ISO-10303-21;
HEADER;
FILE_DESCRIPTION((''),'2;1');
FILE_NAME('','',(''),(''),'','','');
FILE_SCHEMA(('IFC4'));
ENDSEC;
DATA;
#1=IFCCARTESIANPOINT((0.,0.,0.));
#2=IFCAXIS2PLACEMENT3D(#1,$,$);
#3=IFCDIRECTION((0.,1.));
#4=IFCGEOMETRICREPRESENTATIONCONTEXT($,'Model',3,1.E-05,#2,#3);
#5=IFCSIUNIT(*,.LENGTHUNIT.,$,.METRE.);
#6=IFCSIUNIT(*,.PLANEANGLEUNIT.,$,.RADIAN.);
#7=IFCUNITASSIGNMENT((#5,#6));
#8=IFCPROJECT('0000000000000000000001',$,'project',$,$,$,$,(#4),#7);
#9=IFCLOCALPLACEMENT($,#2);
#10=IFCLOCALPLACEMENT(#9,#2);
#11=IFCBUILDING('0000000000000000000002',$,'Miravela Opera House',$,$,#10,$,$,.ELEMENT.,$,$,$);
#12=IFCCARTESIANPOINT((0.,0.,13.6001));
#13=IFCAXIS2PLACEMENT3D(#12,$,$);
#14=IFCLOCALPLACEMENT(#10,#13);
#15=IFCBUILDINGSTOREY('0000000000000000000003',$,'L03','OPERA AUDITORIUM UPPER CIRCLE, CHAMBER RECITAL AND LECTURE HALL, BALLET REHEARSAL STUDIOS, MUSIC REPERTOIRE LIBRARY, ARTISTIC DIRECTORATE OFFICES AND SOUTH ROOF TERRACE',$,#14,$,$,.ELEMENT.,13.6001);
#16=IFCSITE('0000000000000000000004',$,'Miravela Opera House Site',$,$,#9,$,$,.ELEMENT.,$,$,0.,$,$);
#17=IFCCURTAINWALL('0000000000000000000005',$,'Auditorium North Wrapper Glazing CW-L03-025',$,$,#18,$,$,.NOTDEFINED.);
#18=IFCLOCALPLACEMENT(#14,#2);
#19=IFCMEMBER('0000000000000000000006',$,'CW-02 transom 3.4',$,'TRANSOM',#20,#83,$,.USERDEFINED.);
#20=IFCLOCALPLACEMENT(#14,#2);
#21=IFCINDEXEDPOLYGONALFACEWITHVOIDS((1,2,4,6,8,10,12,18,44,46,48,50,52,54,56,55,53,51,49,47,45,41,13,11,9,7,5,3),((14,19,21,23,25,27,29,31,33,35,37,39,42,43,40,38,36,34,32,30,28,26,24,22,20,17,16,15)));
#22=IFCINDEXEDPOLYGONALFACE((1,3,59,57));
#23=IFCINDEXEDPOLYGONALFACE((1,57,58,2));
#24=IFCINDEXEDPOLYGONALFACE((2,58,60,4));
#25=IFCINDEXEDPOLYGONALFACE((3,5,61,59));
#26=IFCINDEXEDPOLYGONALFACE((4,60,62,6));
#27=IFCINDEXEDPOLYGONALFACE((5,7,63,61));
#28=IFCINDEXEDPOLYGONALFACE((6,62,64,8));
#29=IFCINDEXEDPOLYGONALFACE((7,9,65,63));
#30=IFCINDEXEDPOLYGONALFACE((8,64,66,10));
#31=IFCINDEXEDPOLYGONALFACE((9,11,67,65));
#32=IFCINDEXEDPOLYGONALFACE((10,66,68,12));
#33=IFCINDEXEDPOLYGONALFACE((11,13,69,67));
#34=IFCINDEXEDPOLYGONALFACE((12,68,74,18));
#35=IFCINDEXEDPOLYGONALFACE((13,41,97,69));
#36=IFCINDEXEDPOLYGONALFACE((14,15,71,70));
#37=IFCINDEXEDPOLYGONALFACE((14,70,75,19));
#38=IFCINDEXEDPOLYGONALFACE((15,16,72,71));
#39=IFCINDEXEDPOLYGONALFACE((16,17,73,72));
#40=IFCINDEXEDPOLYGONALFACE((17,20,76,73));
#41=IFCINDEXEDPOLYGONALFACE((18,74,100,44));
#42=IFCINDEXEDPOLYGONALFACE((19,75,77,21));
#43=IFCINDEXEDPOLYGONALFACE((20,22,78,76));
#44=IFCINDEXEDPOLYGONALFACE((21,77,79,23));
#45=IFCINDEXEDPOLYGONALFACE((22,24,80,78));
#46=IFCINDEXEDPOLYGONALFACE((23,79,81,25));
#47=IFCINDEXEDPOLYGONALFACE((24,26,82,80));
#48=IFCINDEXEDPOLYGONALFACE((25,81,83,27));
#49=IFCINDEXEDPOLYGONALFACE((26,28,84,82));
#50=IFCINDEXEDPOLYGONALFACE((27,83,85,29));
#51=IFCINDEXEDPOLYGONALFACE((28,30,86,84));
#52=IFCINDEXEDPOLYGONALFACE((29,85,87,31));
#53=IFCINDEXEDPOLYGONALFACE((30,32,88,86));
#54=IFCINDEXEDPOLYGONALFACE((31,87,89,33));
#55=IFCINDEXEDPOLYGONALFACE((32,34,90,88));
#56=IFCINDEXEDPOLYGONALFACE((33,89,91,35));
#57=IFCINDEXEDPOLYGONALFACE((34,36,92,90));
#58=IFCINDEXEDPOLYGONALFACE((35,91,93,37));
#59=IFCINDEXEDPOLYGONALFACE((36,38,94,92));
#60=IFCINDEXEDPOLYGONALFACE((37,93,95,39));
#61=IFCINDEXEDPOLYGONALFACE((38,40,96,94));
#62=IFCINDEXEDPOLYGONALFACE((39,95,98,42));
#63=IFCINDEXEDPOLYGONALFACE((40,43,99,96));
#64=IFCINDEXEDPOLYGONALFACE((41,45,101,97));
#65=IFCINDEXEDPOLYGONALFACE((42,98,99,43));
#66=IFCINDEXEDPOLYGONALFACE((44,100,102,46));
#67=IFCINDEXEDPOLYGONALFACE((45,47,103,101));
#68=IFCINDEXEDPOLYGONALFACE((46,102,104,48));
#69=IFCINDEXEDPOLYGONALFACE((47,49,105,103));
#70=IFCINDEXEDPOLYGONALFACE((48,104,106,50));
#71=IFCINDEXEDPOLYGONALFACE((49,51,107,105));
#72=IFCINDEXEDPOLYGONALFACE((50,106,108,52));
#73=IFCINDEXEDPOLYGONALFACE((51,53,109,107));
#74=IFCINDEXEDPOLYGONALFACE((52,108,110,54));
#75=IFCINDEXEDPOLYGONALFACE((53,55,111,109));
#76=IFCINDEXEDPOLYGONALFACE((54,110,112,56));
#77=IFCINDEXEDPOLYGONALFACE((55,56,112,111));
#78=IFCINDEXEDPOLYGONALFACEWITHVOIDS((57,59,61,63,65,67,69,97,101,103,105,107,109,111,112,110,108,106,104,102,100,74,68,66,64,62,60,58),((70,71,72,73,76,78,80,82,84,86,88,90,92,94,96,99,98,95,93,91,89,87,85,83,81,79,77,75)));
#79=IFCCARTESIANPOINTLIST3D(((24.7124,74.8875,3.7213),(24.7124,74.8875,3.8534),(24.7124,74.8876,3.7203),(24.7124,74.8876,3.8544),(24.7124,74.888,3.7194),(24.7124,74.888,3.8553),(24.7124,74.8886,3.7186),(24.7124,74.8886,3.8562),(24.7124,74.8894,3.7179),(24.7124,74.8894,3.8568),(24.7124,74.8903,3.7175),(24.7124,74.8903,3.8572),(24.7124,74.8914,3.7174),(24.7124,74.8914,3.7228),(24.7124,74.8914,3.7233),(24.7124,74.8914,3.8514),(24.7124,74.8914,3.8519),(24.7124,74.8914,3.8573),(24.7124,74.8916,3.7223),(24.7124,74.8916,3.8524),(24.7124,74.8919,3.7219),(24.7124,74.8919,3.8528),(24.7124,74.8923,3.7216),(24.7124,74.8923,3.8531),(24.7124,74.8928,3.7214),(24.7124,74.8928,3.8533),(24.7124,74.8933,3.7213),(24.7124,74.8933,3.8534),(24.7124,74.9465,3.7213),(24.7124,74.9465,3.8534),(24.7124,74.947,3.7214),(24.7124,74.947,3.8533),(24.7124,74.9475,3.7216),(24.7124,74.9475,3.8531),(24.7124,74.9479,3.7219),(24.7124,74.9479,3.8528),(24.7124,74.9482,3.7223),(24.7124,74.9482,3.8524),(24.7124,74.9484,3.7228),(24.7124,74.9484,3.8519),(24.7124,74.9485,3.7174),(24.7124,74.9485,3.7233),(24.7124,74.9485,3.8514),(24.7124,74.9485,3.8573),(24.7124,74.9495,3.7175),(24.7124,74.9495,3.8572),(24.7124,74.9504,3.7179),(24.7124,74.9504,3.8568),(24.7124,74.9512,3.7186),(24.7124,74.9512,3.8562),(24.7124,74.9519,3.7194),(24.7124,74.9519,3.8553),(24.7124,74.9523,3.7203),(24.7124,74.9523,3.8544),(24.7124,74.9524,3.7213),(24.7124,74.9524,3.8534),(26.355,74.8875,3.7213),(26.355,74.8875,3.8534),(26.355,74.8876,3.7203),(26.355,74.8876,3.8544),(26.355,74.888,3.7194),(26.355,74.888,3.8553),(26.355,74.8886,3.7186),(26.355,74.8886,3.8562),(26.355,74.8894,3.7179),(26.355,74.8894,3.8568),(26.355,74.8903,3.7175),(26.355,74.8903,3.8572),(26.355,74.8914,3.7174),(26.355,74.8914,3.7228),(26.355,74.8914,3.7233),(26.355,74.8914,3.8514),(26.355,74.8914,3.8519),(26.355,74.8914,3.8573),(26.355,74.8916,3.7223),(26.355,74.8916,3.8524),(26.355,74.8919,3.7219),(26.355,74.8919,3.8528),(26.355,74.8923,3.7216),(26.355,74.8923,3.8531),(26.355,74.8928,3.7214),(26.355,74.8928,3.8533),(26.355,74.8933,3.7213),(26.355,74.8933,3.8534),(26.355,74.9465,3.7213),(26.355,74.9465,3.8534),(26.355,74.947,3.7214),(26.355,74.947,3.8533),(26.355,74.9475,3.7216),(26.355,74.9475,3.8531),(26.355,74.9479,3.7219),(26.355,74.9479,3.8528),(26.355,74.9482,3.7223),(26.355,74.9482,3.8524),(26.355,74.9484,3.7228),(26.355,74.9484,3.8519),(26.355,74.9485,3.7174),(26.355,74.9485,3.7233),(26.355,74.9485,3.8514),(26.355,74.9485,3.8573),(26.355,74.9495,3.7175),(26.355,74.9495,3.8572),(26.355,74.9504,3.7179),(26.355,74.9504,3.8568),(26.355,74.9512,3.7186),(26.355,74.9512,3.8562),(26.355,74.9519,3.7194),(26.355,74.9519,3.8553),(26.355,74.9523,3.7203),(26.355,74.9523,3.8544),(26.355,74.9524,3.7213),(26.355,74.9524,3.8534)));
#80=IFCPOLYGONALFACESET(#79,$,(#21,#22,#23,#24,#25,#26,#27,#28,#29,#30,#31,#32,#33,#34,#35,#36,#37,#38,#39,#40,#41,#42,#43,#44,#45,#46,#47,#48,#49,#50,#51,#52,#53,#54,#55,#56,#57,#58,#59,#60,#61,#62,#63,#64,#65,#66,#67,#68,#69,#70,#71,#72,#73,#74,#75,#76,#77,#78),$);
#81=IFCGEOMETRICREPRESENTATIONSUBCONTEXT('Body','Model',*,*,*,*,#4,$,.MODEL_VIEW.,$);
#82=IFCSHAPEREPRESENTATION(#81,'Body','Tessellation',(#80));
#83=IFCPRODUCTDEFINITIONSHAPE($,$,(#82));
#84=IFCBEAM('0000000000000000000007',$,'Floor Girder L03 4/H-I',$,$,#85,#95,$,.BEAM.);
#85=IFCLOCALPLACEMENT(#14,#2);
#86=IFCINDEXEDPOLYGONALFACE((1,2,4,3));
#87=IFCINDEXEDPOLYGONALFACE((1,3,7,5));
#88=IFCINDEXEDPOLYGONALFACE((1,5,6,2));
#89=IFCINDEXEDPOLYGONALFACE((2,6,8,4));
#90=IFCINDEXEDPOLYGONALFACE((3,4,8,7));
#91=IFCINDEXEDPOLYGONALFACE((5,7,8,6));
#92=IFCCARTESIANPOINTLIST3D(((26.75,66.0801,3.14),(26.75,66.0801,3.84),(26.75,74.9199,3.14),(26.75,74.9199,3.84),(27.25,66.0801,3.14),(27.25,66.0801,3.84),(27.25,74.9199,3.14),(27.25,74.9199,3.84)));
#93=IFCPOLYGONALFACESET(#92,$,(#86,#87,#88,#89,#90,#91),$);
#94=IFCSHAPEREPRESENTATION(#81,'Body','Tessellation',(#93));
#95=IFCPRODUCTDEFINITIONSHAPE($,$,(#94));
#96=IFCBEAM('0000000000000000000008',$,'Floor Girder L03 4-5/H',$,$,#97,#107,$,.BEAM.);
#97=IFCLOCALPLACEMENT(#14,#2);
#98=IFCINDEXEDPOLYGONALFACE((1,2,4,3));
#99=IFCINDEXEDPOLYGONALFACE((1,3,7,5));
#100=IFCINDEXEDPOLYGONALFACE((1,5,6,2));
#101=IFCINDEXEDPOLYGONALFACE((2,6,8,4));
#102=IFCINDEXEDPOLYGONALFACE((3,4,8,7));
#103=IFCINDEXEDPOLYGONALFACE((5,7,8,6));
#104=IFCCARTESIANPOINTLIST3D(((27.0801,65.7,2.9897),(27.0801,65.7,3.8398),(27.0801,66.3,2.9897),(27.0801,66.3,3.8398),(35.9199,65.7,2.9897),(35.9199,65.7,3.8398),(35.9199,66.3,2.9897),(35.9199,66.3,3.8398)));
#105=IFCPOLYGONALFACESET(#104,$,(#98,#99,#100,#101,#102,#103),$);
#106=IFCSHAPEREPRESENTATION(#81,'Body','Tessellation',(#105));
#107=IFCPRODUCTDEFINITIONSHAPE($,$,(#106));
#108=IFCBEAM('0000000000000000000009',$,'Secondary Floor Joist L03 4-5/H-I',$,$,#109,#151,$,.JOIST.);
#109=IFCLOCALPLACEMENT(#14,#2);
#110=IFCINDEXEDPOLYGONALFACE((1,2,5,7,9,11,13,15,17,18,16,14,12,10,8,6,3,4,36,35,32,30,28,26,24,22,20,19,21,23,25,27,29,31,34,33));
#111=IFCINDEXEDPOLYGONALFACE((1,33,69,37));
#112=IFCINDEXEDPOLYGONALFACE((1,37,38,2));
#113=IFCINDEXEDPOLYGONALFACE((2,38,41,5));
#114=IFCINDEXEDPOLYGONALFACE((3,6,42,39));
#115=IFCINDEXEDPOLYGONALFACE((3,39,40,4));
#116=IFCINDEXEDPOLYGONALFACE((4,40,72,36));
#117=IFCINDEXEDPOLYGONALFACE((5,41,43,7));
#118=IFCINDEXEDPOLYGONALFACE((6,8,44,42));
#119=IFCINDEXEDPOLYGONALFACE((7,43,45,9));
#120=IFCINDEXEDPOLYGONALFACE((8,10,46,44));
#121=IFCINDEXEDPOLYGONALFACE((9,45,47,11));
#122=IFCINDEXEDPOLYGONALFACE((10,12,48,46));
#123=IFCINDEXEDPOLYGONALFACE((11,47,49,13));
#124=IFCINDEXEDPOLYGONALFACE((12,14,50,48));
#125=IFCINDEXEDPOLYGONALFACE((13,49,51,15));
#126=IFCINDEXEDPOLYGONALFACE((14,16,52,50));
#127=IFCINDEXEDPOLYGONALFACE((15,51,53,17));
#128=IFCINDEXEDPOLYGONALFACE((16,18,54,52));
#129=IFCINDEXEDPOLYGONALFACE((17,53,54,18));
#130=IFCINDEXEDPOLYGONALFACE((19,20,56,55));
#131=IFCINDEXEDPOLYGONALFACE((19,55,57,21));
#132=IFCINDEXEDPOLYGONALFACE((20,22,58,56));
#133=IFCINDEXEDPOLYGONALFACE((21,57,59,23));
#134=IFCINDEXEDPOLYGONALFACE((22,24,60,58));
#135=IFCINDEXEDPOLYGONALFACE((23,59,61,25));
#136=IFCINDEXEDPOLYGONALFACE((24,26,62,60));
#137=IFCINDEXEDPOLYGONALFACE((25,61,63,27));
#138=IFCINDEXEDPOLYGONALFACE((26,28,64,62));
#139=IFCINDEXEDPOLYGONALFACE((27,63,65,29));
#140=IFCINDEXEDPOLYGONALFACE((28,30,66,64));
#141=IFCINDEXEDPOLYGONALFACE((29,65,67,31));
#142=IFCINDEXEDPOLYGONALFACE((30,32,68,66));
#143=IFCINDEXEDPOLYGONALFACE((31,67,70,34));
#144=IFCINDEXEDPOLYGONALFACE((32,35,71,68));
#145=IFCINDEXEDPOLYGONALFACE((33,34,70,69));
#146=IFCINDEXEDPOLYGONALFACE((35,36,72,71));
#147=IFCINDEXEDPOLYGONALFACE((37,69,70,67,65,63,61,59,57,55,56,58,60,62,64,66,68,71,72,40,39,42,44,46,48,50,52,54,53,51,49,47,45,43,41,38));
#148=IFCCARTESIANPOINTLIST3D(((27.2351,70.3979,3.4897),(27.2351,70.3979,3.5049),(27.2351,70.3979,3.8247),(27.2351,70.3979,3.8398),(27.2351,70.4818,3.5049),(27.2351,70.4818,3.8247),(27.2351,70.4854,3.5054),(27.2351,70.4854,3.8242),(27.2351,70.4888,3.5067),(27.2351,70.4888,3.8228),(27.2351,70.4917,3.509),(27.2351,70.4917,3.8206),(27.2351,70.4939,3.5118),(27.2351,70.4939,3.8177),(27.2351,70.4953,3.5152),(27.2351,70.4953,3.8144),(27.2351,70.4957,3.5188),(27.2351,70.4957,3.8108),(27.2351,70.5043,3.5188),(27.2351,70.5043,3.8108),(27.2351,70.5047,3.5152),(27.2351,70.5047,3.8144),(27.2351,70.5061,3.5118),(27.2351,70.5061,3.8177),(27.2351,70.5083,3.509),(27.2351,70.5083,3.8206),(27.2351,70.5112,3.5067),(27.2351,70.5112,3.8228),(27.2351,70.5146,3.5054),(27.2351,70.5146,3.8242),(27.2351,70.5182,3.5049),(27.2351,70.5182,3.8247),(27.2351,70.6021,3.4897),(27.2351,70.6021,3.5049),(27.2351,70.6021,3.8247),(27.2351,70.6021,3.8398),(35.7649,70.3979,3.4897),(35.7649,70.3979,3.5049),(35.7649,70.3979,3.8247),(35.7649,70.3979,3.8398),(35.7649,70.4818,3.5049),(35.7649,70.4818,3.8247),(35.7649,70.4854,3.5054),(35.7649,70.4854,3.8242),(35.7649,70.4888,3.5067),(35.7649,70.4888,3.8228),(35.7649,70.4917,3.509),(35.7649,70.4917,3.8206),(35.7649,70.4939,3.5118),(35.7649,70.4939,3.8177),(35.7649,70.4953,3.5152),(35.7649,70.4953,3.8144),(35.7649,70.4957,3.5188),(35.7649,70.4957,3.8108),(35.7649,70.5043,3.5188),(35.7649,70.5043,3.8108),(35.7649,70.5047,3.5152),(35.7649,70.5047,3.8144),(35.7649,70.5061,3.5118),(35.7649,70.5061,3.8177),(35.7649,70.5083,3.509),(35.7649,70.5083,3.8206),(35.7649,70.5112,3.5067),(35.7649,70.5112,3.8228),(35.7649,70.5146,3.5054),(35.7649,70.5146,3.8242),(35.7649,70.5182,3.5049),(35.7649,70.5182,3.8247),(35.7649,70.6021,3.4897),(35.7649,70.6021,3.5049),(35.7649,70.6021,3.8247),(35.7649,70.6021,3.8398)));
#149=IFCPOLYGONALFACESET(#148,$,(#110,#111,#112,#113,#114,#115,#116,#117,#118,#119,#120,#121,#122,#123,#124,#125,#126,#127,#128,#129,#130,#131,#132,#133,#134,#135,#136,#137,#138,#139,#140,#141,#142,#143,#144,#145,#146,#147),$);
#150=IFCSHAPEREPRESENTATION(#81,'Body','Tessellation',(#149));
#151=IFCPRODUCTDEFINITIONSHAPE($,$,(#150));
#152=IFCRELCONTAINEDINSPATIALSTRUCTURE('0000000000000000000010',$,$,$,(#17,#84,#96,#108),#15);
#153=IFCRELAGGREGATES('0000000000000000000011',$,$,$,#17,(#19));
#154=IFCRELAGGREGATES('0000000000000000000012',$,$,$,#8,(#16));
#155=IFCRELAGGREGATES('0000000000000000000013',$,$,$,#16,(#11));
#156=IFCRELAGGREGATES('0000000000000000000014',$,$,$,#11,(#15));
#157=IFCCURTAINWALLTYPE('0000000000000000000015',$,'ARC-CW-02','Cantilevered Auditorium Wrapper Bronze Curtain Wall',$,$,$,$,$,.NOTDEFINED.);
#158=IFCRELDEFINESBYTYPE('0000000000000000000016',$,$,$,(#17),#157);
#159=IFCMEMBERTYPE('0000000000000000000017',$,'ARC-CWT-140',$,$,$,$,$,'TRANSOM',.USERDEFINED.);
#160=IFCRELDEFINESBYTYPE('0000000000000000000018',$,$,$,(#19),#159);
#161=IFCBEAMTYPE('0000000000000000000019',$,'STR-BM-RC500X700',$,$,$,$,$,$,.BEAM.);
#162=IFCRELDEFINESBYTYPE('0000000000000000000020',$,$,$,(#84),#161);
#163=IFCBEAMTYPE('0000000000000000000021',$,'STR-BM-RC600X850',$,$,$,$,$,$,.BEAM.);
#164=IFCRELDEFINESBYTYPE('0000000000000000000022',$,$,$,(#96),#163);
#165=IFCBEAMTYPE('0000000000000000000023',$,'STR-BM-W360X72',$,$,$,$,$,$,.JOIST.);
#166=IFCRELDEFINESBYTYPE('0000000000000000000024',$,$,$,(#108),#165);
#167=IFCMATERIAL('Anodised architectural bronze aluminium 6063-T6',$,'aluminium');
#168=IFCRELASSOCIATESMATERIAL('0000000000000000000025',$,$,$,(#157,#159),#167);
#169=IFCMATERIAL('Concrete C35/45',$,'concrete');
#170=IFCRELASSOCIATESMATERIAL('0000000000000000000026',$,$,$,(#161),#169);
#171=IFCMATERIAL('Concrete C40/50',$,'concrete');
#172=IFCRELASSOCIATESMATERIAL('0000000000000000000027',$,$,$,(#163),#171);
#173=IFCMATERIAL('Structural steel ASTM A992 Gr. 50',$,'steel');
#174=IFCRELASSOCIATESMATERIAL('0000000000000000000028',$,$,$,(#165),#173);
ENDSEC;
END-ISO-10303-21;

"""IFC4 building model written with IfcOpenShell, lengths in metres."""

from ifc_helpers import new_model, si_unit, direction, frame, origin, origin_2d, place, context, subcontext, project, spatial, rectangle, hollow_rectangle, i_section, extrude, material, material_profile, profile_set, type_object, element, aggregate, save


model = new_model("IFC4")

# Units and contexts
model_context = context("Model", 3, precision=1e-05, world=origin(), true_north=direction((0.0, 1.0)))
body_context = subcontext(model_context, "Body", "Model", "MODEL_VIEW")
ifc_project = project(units=[si_unit("LENGTHUNIT", "METRE"), si_unit("PLANEANGLEUNIT", "RADIAN")], contexts=[model_context])

# Site, building, storey
site_placement = place(None, origin())
site = spatial("IfcSite", under=ifc_project, at=site_placement, Name="Miravela Opera House Site", CompositionType="ELEMENT", RefElevation=0.0)
building_placement = place(site_placement, origin())
building = spatial("IfcBuilding", under=site, at=building_placement, Name="Miravela Opera House", CompositionType="ELEMENT")
storey_placement = place(building_placement, frame((0.0, 0.0, 13.6001)))
storey = spatial("IfcBuildingStorey", under=building, at=storey_placement, Name="L03", Description="OPERA AUDITORIUM UPPER CIRCLE, CHAMBER RECITAL AND LECTURE HALL, BALLET REHEARSAL STUDIOS, MUSIC REPERTOIRE LIBRARY, ARTISTIC DIRECTORATE OFFICES AND SOUTH ROOF TERRACE", CompositionType="ELEMENT", Elevation=13.6001)

# Shared definitions
ifc_material_1 = material(Name="Concrete C35/45", Category="concrete")

# Shared definitions
ifc_material_2 = material(Name="Anodised architectural bronze aluminium 6063-T6", Category="aluminium")
curtain_wall_type = type_object("IfcCurtainWallType", Name="ARC-CW-02", Description="Cantilevered Auditorium Wrapper Bronze Curtain Wall", PredefinedType="NOTDEFINED", material=ifc_material_2)

# Curtain wall, member
curtain_wall_1_placement = place(storey_placement, origin())
curtain_wall_1 = element("IfcCurtainWall", 1, at=curtain_wall_1_placement, inside=storey, type_object=curtain_wall_type, Name="Auditorium North Wrapper Glazing CW-L03-025", PredefinedType="NOTDEFINED")
ifc_material_profile_1 = material_profile(ifc_material_2, hollow_rectangle(XDim=0.0649, YDim=0.1399, WallThickness=0.0039, InnerFilletRadius=0.002, OuterFilletRadius=0.0039, at=origin_2d()), Name="CWT-65X140")
ifc_profile_set_1 = profile_set([ifc_material_profile_1])
member_type_1 = type_object("IfcMemberType", Name="ARC-CWT-140", ElementType="TRANSOM", PredefinedType="USERDEFINED", material=ifc_profile_set_1)
member_1_placement = place(storey_placement, frame((24.7124, 74.9199, 3.7874), z_axis=(1.0, 0.0, 0.0), x_axis=(0.0, 1.0, 0.0)))
member_1 = element("IfcMember", 2, at=member_1_placement, type_object=member_type_1, Name="CW-02 transom 3.4", ObjectType="TRANSOM", PredefinedType="USERDEFINED", context=body_context, shape_type="SweptSolid", body=[
    extrude(hollow_rectangle(XDim=0.0649, YDim=0.1399, WallThickness=0.0039, InnerFilletRadius=0.002, OuterFilletRadius=0.0039, at=origin_2d()), origin(), (0.0, 0.0, 1.0), 1.6426),
])

# Beams
ifc_material_profile_2 = material_profile(ifc_material_1, rectangle(XDim=0.5, YDim=0.7, at=origin_2d()), Name="RC-BM-500X700")
ifc_profile_set_2 = profile_set([ifc_material_profile_2])
beam_type_1 = type_object("IfcBeamType", Name="STR-BM-RC500X700", PredefinedType="BEAM", material=ifc_profile_set_2)
beam_1_placement = place(storey_placement, frame((27.0, 66.0801, 3.49), z_axis=(0.0, 1.0, 0.0), x_axis=(-1.0, 0.0, 0.0)))
element("IfcBeam", 3, at=beam_1_placement, inside=storey, type_object=beam_type_1, Name="Floor Girder L03 4/H-I", PredefinedType="BEAM", context=body_context, shape_type="SweptSolid", body=[
    extrude(rectangle(XDim=0.5, YDim=0.7, at=origin_2d()), origin(), (0.0, 0.0, 1.0), 8.8398),
])
ifc_material_3 = material(Name="Concrete C40/50", Category="concrete")
ifc_material_profile_3 = material_profile(ifc_material_3, rectangle(XDim=0.6001, YDim=0.8501, at=origin_2d()), Name="RC-BM-600X850")
ifc_profile_set_3 = profile_set([ifc_material_profile_3])
beam_type_2 = type_object("IfcBeamType", Name="STR-BM-RC600X850", PredefinedType="BEAM", material=ifc_profile_set_3)
beam_2_placement = place(storey_placement, frame((27.0801, 66.0, 3.4148), z_axis=(1.0, 0.0, 0.0), x_axis=(0.0, 1.0, 0.0)))
element("IfcBeam", 4, at=beam_2_placement, inside=storey, type_object=beam_type_2, Name="Floor Girder L03 4-5/H", PredefinedType="BEAM", context=body_context, shape_type="SweptSolid", body=[
    extrude(rectangle(XDim=0.6001, YDim=0.8501, at=origin_2d()), origin(), (0.0, 0.0, 1.0), 8.8398),
])
ifc_material_4 = material(Name="Structural steel ASTM A992 Gr. 50", Category="steel")
ifc_material_profile_4 = material_profile(ifc_material_4, i_section(OverallWidth=0.2041, OverallDepth=0.3501, WebThickness=0.0085, FlangeThickness=0.0151, FilletRadius=0.0139, at=origin_2d()), Name="W360X72")
ifc_profile_set_4 = profile_set([ifc_material_profile_4])
beam_type_3 = type_object("IfcBeamType", Name="STR-BM-W360X72", PredefinedType="JOIST", material=ifc_profile_set_4)
beam_3_placement = place(storey_placement, frame((27.2351, 70.5, 3.6648), z_axis=(1.0, 0.0, 0.0), x_axis=(0.0, 1.0, 0.0)))
element("IfcBeam", 5, at=beam_3_placement, inside=storey, type_object=beam_type_3, Name="Secondary Floor Joist L03 4-5/H-I", PredefinedType="JOIST", context=body_context, shape_type="SweptSolid", body=[
    extrude(i_section(OverallWidth=0.2041, OverallDepth=0.3501, WebThickness=0.0085, FlangeThickness=0.0151, FilletRadius=0.0139, at=origin_2d()), origin(), (0.0, 0.0, 1.0), 8.5298),
])

aggregate(curtain_wall_1, [member_1])

save(model, "model.ifc")
